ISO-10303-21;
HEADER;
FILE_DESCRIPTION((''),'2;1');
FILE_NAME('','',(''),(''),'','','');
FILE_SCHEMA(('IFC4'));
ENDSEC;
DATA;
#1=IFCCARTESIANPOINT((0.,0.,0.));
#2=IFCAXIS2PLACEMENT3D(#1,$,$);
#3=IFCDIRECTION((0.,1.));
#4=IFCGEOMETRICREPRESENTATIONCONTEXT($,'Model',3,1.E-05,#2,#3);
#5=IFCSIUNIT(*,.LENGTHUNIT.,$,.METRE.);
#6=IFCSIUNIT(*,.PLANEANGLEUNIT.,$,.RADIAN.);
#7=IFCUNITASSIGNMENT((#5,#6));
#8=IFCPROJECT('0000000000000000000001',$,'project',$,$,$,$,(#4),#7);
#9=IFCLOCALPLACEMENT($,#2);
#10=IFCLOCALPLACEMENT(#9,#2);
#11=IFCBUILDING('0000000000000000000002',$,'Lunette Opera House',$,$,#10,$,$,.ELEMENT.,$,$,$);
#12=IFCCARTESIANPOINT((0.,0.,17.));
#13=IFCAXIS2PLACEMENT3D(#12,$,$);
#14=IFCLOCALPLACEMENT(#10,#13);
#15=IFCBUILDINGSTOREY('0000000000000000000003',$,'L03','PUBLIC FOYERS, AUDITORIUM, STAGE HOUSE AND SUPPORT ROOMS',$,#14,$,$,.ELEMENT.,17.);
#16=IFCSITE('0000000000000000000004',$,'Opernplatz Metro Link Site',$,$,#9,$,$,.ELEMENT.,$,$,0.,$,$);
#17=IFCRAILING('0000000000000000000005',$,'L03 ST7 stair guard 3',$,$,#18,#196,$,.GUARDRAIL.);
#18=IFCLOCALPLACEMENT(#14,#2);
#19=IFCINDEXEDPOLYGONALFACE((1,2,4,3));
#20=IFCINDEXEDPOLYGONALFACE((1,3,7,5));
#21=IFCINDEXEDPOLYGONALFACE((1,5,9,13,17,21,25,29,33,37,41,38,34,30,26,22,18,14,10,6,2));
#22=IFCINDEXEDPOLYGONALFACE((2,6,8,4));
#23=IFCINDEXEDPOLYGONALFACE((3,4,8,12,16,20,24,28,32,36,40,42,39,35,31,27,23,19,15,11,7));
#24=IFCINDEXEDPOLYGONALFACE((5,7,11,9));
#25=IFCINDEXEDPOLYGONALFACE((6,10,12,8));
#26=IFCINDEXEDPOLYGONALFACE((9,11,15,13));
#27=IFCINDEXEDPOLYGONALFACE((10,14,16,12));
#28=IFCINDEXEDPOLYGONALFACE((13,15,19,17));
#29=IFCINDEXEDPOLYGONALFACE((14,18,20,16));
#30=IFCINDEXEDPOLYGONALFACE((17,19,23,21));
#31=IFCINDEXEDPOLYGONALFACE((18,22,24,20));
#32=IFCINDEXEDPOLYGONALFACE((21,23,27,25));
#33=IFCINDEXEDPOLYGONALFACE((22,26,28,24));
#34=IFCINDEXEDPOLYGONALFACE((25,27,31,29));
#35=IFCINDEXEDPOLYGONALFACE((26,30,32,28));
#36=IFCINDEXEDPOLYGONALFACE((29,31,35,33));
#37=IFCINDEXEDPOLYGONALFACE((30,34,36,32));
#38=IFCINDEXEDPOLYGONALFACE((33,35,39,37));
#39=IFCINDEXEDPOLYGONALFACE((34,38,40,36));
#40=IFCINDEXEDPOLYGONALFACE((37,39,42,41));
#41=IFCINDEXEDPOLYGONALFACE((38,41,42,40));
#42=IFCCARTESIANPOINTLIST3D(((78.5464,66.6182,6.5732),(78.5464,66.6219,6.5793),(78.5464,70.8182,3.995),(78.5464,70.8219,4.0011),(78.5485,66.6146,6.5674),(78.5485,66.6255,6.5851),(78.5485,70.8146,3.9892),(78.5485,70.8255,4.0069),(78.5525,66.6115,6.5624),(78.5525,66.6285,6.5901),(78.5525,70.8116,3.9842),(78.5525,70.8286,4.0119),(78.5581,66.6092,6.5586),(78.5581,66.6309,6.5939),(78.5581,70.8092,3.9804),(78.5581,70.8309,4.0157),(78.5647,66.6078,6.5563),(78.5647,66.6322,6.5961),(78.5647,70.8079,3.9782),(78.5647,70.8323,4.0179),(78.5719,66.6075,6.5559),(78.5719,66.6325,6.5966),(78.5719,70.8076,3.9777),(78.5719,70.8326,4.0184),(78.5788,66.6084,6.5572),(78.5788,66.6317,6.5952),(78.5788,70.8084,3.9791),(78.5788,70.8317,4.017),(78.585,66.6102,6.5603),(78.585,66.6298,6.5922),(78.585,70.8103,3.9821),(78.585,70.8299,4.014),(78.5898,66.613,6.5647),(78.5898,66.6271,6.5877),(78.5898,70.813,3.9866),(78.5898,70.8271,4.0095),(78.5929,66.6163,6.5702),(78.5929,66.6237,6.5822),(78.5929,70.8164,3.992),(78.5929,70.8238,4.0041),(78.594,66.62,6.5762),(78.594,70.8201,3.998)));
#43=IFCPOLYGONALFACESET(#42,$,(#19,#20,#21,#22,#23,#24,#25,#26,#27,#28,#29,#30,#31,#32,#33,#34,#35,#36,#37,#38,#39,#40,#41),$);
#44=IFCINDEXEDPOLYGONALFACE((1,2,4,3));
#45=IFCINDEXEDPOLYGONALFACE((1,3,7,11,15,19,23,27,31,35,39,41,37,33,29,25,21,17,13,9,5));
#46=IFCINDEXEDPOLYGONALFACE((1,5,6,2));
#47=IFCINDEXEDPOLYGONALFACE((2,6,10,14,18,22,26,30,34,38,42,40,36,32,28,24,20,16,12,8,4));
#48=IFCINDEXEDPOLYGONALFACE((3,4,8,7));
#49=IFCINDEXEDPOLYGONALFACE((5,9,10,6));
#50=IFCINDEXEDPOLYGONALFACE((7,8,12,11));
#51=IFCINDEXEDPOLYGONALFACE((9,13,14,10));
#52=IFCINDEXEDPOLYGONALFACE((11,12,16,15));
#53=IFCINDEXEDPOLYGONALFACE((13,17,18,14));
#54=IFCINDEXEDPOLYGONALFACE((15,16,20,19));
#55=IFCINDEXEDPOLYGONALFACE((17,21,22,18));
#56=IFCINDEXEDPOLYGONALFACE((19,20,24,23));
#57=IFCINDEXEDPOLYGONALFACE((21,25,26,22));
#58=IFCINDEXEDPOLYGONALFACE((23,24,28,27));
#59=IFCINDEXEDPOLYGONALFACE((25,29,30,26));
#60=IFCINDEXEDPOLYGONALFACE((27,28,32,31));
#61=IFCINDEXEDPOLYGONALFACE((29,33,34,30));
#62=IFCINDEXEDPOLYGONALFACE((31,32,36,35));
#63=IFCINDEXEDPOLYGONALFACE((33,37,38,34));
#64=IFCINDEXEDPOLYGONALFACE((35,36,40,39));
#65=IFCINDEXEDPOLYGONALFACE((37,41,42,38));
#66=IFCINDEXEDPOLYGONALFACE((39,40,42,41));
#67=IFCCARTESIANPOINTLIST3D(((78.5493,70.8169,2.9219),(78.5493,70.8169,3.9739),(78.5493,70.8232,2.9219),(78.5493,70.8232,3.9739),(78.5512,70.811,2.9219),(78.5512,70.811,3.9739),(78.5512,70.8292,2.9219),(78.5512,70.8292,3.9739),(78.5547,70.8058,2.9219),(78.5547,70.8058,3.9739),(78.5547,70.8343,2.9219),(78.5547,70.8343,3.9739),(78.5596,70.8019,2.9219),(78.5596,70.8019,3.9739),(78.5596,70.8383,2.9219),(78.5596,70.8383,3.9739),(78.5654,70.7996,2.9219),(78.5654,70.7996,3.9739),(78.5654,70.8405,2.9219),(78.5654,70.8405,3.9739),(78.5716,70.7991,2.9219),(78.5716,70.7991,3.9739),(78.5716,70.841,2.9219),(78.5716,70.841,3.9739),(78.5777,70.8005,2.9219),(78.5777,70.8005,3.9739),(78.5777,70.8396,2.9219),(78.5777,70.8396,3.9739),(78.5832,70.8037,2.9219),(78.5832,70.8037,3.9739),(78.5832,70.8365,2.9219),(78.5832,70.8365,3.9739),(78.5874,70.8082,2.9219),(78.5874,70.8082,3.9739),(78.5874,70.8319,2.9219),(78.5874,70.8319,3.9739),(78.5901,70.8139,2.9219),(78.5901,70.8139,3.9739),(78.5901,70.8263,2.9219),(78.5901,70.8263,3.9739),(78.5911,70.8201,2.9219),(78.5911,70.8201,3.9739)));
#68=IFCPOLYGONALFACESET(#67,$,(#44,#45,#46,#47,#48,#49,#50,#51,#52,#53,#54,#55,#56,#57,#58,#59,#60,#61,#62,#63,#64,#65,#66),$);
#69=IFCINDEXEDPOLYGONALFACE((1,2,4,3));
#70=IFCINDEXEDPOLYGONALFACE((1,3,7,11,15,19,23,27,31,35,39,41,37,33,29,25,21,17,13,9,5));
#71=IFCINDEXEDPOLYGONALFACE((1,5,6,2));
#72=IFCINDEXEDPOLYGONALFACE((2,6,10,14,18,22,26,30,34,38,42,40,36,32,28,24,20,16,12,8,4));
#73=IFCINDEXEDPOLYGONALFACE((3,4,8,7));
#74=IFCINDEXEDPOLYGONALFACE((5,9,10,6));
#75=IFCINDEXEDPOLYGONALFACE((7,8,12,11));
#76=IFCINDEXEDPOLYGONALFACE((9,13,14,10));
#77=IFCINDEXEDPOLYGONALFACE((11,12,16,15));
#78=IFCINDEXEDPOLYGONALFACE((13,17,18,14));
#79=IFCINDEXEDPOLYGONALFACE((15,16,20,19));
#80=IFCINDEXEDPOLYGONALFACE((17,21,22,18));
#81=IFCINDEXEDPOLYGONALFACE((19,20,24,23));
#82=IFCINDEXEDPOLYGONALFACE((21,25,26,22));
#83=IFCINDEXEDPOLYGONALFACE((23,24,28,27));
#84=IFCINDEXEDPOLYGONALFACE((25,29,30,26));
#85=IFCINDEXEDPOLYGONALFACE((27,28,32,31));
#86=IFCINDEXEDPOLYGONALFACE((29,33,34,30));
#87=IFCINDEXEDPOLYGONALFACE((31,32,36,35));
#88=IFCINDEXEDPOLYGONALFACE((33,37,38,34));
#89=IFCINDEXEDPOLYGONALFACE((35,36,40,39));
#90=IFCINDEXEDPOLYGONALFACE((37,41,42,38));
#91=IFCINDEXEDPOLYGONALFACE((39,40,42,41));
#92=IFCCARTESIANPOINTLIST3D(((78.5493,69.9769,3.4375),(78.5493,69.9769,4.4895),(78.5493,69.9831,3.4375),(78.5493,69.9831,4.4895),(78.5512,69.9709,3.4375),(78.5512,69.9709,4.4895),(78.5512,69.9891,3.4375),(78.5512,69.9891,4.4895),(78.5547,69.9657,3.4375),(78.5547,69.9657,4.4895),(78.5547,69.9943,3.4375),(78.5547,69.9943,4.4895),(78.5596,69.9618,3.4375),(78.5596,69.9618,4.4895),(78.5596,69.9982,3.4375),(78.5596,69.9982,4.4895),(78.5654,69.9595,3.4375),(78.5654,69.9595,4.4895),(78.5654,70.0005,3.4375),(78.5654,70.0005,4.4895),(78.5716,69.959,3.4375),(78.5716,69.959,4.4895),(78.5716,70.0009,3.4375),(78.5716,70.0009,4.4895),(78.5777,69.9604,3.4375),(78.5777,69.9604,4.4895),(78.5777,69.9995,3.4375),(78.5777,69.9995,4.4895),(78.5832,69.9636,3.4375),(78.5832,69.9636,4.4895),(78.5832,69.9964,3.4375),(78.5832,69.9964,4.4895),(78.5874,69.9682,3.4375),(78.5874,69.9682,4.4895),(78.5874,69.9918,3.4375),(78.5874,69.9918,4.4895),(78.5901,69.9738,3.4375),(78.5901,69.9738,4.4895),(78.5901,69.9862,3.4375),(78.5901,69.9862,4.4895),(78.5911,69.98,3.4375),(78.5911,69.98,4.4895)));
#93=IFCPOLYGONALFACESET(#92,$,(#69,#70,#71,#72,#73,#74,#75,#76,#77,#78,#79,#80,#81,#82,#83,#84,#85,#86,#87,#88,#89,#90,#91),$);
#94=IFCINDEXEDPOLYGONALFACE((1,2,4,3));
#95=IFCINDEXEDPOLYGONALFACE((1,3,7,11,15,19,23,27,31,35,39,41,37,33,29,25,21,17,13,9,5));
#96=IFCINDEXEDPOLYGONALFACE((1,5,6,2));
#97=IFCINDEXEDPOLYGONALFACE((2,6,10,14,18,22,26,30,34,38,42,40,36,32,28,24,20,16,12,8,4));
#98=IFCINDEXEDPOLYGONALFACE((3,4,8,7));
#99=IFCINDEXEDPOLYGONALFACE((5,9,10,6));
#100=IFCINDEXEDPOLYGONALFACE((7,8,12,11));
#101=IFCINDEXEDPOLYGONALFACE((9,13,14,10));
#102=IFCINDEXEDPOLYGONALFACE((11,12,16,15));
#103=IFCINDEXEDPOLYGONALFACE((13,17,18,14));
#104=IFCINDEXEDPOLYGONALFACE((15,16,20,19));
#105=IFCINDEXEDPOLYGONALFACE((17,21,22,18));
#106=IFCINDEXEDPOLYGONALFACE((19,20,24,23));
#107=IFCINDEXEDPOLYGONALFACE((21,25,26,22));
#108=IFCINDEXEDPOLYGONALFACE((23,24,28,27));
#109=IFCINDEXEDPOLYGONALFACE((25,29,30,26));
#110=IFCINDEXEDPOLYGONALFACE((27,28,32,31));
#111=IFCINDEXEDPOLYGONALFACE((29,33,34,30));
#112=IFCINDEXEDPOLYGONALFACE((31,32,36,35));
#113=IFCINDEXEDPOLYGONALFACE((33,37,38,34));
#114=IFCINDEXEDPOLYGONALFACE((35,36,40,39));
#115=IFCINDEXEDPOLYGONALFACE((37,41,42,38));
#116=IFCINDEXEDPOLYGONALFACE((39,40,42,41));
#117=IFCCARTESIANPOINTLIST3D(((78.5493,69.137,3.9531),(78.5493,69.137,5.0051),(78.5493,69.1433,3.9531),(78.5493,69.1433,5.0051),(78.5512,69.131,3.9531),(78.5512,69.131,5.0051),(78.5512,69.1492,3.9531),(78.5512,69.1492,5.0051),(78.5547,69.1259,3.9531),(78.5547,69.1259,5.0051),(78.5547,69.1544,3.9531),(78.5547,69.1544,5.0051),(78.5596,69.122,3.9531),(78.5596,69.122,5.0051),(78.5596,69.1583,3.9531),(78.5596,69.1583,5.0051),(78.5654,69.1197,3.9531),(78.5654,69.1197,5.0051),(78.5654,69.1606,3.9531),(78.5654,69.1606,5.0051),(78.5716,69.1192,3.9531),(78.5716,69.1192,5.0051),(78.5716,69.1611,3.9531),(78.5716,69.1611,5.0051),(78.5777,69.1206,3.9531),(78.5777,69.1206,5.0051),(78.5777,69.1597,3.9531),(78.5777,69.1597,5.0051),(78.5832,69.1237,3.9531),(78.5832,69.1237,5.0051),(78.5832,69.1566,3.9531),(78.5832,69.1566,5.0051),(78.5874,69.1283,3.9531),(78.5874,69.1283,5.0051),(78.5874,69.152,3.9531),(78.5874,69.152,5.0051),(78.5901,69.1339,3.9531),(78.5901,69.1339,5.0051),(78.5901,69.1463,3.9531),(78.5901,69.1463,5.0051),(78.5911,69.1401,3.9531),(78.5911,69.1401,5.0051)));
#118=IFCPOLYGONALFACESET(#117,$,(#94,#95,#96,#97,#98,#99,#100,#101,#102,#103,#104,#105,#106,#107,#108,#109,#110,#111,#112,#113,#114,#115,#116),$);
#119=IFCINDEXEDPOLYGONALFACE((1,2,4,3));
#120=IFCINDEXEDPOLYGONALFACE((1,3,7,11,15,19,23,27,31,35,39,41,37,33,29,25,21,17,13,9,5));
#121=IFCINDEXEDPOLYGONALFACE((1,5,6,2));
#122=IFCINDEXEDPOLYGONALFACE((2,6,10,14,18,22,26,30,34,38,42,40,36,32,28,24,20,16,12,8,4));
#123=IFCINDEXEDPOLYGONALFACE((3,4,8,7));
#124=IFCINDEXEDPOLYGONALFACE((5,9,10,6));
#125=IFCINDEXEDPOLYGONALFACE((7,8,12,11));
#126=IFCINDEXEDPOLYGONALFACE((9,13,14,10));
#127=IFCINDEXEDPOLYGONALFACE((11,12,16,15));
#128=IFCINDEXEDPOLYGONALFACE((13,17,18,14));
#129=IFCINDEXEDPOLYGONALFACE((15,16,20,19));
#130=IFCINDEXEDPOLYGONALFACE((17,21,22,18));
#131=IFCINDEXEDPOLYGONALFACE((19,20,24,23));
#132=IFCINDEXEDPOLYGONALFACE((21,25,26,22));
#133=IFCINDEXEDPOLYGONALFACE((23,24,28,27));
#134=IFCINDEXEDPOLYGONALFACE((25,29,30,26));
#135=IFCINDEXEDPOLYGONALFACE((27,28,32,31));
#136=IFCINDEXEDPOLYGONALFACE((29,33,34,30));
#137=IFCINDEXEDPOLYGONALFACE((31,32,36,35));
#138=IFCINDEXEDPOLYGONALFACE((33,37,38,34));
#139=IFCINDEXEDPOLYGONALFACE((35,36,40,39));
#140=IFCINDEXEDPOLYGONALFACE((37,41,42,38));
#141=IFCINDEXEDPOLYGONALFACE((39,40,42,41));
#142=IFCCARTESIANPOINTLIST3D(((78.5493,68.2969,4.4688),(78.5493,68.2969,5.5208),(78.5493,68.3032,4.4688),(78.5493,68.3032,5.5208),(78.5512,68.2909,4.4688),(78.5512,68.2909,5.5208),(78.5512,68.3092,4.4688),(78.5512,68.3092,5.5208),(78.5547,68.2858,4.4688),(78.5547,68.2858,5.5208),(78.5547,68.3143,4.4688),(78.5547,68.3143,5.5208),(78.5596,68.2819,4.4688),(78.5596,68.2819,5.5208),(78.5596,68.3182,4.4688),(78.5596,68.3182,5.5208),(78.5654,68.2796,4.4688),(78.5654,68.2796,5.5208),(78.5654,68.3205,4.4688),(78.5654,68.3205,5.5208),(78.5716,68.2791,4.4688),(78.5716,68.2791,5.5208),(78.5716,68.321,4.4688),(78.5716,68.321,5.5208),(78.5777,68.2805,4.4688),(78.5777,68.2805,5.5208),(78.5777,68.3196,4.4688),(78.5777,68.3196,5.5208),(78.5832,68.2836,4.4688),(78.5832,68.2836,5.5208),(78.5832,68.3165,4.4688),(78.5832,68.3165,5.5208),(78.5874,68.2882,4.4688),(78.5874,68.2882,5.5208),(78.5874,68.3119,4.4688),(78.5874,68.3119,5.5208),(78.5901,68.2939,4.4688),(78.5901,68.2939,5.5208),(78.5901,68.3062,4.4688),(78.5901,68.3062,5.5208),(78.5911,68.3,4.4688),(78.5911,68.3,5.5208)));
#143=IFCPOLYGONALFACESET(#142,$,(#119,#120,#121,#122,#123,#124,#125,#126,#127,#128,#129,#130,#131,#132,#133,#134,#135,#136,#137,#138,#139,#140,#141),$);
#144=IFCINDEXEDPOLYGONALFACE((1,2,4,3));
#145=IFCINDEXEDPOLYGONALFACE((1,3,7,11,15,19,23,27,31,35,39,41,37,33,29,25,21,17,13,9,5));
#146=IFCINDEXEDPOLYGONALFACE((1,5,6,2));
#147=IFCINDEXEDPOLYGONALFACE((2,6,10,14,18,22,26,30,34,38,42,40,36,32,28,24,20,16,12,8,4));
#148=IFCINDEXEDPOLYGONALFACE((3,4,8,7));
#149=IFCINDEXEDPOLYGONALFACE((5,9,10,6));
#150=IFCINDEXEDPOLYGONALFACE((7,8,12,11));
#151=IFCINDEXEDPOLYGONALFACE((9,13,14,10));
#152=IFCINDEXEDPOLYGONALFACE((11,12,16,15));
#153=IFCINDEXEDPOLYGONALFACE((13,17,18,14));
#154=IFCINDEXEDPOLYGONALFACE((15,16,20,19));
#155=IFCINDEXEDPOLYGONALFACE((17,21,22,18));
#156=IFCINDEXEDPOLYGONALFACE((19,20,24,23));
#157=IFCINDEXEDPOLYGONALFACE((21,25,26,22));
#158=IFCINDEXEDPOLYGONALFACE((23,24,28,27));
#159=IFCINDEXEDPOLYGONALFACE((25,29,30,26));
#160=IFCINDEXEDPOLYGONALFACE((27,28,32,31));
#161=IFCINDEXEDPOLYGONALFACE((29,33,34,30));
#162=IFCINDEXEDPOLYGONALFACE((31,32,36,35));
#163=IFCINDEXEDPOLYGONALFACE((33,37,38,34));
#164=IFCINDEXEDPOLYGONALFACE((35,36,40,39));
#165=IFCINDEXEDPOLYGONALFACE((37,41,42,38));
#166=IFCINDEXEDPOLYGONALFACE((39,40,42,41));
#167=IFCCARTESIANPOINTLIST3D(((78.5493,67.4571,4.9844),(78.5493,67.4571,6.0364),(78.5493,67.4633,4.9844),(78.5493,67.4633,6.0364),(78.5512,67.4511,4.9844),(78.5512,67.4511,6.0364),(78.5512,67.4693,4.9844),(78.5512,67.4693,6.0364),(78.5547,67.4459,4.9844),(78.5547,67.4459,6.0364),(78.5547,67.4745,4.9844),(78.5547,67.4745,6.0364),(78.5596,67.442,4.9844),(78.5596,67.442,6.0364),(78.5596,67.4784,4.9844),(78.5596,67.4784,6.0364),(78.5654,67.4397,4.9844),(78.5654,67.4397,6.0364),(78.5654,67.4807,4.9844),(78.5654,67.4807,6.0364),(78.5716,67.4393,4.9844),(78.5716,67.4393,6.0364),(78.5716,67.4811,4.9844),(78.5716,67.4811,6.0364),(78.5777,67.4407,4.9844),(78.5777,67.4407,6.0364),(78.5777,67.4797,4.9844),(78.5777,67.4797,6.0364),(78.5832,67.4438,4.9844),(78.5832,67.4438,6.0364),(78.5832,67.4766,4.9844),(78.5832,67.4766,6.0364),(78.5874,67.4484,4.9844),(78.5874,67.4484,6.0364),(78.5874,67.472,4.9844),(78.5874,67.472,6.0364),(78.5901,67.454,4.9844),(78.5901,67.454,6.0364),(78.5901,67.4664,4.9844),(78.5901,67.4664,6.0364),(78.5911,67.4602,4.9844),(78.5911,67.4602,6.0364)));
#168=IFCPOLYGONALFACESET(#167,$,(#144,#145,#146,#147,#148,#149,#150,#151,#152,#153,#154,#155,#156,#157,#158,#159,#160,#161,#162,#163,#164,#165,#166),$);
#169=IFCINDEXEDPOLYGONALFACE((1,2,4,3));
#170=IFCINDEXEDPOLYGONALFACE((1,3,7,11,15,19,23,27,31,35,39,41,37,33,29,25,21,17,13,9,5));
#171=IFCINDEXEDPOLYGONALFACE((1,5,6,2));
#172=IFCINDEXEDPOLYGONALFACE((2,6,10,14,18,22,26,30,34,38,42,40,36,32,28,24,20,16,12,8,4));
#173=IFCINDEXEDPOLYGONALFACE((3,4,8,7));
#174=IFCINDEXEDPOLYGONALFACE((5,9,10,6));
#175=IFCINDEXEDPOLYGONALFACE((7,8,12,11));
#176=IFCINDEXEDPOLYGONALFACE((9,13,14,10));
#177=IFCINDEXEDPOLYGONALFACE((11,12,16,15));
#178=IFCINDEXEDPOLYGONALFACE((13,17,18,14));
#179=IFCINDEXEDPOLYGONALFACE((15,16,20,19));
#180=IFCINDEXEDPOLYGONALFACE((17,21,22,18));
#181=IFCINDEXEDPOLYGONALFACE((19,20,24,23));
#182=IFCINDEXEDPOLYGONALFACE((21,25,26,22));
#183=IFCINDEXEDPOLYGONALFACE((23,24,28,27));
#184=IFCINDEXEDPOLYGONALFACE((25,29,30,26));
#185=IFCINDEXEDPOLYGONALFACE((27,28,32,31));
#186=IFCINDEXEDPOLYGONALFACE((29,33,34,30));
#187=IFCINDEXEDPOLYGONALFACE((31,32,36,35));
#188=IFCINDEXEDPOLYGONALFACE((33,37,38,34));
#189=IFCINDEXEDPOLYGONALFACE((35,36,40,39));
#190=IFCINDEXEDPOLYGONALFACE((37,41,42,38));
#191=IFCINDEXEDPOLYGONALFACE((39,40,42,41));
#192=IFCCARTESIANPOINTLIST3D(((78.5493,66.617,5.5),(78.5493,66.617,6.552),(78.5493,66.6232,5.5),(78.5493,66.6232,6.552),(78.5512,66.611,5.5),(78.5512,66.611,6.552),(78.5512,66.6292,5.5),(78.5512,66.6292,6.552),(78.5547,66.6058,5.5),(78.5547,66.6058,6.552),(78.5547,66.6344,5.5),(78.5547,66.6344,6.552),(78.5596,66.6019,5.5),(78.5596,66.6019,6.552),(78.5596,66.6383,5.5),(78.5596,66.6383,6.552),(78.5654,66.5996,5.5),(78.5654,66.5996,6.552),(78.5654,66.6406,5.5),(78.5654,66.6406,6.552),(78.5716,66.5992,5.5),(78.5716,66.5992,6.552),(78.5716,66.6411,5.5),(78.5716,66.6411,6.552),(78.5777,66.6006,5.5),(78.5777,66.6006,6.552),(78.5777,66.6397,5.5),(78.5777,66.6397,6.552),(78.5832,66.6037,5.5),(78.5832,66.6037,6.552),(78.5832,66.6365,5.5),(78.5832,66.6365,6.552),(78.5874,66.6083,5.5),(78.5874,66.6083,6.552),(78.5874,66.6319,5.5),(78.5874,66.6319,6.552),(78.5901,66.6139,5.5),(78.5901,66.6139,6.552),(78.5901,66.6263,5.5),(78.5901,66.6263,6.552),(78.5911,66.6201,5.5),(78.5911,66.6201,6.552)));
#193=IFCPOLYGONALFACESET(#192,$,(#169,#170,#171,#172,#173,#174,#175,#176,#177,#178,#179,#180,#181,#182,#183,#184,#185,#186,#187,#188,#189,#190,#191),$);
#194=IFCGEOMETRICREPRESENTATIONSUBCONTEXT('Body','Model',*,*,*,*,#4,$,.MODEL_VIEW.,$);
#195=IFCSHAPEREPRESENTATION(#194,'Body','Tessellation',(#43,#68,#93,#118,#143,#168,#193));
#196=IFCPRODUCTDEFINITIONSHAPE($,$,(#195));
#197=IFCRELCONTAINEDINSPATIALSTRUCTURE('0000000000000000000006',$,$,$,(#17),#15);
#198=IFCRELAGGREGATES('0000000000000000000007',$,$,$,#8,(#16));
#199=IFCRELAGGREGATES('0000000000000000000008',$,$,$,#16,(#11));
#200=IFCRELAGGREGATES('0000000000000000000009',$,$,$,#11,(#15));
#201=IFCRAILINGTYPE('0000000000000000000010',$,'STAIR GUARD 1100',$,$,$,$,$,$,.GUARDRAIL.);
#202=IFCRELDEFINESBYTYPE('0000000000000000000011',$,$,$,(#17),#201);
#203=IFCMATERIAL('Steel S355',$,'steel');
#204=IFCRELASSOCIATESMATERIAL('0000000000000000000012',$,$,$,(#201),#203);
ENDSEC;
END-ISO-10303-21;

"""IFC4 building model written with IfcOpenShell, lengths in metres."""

from ifc_helpers import new_model, si_unit, direction, frame, origin, origin_2d, place, context, subcontext, project, spatial, circle, extrude, material, type_object, element, save


model = new_model("IFC4")

# Units and contexts
model_context = context("Model", 3, precision=1e-05, world=origin(), true_north=direction((0.0, 1.0)))
body_context = subcontext(model_context, "Body", "Model", "MODEL_VIEW")
ifc_project = project(units=[si_unit("LENGTHUNIT", "METRE"), si_unit("PLANEANGLEUNIT", "RADIAN")], contexts=[model_context])

# Site, building, storey
site_placement = place(None, origin())
site = spatial("IfcSite", under=ifc_project, at=site_placement, Name="Opernplatz Metro Link Site", CompositionType="ELEMENT", RefElevation=0.0)
building_placement = place(site_placement, origin())
building = spatial("IfcBuilding", under=site, at=building_placement, Name="Lunette Opera House", CompositionType="ELEMENT")
storey_placement = place(building_placement, frame((0.0, 0.0, 17.0)))
storey = spatial("IfcBuildingStorey", under=building, at=storey_placement, Name="L03", Description="PUBLIC FOYERS, AUDITORIUM, STAGE HOUSE AND SUPPORT ROOMS", CompositionType="ELEMENT", Elevation=17.0)

# Railing
ifc_material_1 = material(Name="Steel S355", Category="steel")
railing_type_1 = type_object("IfcRailingType", Name="STAIR GUARD 1100", PredefinedType="GUARDRAIL", material=ifc_material_1)
railing_1_placement = place(storey_placement, frame((78.5701, 70.8201, 2.9219)))
element("IfcRailing", 1, at=railing_1_placement, inside=storey, type_object=railing_type_1, Name="L03 ST7 stair guard 3", PredefinedType="GUARDRAIL", context=body_context, shape_type="SweptSolid", body=[
    extrude(circle(Radius=0.0239, at=origin_2d()), frame((0.0, 0.0, 1.0762), z_axis=(0.0, -0.852243, 0.523146), x_axis=(1.0, 0.0, 0.0)), (0.0, 0.0, 1.0), 4.9282),
    extrude(circle(Radius=0.021, at=origin_2d()), origin(), (0.0, 0.0, 1.0), 1.052),
    extrude(circle(Radius=0.021, at=origin_2d()), frame((0.0, -0.8401, 0.5156)), (0.0, 0.0, 1.0), 1.052),
    extrude(circle(Radius=0.021, at=origin_2d()), frame((0.0, -1.6799, 1.0312)), (0.0, 0.0, 1.0), 1.052),
    extrude(circle(Radius=0.021, at=origin_2d()), frame((0.0, -2.52, 1.5469)), (0.0, 0.0, 1.0), 1.052),
    extrude(circle(Radius=0.021, at=origin_2d()), frame((0.0, -3.3599, 2.0625)), (0.0, 0.0, 1.0), 1.052),
    extrude(circle(Radius=0.021, at=origin_2d()), frame((0.0, -4.2, 2.5781)), (0.0, 0.0, 1.0), 1.052),
])

save(model, "model.ifc")
